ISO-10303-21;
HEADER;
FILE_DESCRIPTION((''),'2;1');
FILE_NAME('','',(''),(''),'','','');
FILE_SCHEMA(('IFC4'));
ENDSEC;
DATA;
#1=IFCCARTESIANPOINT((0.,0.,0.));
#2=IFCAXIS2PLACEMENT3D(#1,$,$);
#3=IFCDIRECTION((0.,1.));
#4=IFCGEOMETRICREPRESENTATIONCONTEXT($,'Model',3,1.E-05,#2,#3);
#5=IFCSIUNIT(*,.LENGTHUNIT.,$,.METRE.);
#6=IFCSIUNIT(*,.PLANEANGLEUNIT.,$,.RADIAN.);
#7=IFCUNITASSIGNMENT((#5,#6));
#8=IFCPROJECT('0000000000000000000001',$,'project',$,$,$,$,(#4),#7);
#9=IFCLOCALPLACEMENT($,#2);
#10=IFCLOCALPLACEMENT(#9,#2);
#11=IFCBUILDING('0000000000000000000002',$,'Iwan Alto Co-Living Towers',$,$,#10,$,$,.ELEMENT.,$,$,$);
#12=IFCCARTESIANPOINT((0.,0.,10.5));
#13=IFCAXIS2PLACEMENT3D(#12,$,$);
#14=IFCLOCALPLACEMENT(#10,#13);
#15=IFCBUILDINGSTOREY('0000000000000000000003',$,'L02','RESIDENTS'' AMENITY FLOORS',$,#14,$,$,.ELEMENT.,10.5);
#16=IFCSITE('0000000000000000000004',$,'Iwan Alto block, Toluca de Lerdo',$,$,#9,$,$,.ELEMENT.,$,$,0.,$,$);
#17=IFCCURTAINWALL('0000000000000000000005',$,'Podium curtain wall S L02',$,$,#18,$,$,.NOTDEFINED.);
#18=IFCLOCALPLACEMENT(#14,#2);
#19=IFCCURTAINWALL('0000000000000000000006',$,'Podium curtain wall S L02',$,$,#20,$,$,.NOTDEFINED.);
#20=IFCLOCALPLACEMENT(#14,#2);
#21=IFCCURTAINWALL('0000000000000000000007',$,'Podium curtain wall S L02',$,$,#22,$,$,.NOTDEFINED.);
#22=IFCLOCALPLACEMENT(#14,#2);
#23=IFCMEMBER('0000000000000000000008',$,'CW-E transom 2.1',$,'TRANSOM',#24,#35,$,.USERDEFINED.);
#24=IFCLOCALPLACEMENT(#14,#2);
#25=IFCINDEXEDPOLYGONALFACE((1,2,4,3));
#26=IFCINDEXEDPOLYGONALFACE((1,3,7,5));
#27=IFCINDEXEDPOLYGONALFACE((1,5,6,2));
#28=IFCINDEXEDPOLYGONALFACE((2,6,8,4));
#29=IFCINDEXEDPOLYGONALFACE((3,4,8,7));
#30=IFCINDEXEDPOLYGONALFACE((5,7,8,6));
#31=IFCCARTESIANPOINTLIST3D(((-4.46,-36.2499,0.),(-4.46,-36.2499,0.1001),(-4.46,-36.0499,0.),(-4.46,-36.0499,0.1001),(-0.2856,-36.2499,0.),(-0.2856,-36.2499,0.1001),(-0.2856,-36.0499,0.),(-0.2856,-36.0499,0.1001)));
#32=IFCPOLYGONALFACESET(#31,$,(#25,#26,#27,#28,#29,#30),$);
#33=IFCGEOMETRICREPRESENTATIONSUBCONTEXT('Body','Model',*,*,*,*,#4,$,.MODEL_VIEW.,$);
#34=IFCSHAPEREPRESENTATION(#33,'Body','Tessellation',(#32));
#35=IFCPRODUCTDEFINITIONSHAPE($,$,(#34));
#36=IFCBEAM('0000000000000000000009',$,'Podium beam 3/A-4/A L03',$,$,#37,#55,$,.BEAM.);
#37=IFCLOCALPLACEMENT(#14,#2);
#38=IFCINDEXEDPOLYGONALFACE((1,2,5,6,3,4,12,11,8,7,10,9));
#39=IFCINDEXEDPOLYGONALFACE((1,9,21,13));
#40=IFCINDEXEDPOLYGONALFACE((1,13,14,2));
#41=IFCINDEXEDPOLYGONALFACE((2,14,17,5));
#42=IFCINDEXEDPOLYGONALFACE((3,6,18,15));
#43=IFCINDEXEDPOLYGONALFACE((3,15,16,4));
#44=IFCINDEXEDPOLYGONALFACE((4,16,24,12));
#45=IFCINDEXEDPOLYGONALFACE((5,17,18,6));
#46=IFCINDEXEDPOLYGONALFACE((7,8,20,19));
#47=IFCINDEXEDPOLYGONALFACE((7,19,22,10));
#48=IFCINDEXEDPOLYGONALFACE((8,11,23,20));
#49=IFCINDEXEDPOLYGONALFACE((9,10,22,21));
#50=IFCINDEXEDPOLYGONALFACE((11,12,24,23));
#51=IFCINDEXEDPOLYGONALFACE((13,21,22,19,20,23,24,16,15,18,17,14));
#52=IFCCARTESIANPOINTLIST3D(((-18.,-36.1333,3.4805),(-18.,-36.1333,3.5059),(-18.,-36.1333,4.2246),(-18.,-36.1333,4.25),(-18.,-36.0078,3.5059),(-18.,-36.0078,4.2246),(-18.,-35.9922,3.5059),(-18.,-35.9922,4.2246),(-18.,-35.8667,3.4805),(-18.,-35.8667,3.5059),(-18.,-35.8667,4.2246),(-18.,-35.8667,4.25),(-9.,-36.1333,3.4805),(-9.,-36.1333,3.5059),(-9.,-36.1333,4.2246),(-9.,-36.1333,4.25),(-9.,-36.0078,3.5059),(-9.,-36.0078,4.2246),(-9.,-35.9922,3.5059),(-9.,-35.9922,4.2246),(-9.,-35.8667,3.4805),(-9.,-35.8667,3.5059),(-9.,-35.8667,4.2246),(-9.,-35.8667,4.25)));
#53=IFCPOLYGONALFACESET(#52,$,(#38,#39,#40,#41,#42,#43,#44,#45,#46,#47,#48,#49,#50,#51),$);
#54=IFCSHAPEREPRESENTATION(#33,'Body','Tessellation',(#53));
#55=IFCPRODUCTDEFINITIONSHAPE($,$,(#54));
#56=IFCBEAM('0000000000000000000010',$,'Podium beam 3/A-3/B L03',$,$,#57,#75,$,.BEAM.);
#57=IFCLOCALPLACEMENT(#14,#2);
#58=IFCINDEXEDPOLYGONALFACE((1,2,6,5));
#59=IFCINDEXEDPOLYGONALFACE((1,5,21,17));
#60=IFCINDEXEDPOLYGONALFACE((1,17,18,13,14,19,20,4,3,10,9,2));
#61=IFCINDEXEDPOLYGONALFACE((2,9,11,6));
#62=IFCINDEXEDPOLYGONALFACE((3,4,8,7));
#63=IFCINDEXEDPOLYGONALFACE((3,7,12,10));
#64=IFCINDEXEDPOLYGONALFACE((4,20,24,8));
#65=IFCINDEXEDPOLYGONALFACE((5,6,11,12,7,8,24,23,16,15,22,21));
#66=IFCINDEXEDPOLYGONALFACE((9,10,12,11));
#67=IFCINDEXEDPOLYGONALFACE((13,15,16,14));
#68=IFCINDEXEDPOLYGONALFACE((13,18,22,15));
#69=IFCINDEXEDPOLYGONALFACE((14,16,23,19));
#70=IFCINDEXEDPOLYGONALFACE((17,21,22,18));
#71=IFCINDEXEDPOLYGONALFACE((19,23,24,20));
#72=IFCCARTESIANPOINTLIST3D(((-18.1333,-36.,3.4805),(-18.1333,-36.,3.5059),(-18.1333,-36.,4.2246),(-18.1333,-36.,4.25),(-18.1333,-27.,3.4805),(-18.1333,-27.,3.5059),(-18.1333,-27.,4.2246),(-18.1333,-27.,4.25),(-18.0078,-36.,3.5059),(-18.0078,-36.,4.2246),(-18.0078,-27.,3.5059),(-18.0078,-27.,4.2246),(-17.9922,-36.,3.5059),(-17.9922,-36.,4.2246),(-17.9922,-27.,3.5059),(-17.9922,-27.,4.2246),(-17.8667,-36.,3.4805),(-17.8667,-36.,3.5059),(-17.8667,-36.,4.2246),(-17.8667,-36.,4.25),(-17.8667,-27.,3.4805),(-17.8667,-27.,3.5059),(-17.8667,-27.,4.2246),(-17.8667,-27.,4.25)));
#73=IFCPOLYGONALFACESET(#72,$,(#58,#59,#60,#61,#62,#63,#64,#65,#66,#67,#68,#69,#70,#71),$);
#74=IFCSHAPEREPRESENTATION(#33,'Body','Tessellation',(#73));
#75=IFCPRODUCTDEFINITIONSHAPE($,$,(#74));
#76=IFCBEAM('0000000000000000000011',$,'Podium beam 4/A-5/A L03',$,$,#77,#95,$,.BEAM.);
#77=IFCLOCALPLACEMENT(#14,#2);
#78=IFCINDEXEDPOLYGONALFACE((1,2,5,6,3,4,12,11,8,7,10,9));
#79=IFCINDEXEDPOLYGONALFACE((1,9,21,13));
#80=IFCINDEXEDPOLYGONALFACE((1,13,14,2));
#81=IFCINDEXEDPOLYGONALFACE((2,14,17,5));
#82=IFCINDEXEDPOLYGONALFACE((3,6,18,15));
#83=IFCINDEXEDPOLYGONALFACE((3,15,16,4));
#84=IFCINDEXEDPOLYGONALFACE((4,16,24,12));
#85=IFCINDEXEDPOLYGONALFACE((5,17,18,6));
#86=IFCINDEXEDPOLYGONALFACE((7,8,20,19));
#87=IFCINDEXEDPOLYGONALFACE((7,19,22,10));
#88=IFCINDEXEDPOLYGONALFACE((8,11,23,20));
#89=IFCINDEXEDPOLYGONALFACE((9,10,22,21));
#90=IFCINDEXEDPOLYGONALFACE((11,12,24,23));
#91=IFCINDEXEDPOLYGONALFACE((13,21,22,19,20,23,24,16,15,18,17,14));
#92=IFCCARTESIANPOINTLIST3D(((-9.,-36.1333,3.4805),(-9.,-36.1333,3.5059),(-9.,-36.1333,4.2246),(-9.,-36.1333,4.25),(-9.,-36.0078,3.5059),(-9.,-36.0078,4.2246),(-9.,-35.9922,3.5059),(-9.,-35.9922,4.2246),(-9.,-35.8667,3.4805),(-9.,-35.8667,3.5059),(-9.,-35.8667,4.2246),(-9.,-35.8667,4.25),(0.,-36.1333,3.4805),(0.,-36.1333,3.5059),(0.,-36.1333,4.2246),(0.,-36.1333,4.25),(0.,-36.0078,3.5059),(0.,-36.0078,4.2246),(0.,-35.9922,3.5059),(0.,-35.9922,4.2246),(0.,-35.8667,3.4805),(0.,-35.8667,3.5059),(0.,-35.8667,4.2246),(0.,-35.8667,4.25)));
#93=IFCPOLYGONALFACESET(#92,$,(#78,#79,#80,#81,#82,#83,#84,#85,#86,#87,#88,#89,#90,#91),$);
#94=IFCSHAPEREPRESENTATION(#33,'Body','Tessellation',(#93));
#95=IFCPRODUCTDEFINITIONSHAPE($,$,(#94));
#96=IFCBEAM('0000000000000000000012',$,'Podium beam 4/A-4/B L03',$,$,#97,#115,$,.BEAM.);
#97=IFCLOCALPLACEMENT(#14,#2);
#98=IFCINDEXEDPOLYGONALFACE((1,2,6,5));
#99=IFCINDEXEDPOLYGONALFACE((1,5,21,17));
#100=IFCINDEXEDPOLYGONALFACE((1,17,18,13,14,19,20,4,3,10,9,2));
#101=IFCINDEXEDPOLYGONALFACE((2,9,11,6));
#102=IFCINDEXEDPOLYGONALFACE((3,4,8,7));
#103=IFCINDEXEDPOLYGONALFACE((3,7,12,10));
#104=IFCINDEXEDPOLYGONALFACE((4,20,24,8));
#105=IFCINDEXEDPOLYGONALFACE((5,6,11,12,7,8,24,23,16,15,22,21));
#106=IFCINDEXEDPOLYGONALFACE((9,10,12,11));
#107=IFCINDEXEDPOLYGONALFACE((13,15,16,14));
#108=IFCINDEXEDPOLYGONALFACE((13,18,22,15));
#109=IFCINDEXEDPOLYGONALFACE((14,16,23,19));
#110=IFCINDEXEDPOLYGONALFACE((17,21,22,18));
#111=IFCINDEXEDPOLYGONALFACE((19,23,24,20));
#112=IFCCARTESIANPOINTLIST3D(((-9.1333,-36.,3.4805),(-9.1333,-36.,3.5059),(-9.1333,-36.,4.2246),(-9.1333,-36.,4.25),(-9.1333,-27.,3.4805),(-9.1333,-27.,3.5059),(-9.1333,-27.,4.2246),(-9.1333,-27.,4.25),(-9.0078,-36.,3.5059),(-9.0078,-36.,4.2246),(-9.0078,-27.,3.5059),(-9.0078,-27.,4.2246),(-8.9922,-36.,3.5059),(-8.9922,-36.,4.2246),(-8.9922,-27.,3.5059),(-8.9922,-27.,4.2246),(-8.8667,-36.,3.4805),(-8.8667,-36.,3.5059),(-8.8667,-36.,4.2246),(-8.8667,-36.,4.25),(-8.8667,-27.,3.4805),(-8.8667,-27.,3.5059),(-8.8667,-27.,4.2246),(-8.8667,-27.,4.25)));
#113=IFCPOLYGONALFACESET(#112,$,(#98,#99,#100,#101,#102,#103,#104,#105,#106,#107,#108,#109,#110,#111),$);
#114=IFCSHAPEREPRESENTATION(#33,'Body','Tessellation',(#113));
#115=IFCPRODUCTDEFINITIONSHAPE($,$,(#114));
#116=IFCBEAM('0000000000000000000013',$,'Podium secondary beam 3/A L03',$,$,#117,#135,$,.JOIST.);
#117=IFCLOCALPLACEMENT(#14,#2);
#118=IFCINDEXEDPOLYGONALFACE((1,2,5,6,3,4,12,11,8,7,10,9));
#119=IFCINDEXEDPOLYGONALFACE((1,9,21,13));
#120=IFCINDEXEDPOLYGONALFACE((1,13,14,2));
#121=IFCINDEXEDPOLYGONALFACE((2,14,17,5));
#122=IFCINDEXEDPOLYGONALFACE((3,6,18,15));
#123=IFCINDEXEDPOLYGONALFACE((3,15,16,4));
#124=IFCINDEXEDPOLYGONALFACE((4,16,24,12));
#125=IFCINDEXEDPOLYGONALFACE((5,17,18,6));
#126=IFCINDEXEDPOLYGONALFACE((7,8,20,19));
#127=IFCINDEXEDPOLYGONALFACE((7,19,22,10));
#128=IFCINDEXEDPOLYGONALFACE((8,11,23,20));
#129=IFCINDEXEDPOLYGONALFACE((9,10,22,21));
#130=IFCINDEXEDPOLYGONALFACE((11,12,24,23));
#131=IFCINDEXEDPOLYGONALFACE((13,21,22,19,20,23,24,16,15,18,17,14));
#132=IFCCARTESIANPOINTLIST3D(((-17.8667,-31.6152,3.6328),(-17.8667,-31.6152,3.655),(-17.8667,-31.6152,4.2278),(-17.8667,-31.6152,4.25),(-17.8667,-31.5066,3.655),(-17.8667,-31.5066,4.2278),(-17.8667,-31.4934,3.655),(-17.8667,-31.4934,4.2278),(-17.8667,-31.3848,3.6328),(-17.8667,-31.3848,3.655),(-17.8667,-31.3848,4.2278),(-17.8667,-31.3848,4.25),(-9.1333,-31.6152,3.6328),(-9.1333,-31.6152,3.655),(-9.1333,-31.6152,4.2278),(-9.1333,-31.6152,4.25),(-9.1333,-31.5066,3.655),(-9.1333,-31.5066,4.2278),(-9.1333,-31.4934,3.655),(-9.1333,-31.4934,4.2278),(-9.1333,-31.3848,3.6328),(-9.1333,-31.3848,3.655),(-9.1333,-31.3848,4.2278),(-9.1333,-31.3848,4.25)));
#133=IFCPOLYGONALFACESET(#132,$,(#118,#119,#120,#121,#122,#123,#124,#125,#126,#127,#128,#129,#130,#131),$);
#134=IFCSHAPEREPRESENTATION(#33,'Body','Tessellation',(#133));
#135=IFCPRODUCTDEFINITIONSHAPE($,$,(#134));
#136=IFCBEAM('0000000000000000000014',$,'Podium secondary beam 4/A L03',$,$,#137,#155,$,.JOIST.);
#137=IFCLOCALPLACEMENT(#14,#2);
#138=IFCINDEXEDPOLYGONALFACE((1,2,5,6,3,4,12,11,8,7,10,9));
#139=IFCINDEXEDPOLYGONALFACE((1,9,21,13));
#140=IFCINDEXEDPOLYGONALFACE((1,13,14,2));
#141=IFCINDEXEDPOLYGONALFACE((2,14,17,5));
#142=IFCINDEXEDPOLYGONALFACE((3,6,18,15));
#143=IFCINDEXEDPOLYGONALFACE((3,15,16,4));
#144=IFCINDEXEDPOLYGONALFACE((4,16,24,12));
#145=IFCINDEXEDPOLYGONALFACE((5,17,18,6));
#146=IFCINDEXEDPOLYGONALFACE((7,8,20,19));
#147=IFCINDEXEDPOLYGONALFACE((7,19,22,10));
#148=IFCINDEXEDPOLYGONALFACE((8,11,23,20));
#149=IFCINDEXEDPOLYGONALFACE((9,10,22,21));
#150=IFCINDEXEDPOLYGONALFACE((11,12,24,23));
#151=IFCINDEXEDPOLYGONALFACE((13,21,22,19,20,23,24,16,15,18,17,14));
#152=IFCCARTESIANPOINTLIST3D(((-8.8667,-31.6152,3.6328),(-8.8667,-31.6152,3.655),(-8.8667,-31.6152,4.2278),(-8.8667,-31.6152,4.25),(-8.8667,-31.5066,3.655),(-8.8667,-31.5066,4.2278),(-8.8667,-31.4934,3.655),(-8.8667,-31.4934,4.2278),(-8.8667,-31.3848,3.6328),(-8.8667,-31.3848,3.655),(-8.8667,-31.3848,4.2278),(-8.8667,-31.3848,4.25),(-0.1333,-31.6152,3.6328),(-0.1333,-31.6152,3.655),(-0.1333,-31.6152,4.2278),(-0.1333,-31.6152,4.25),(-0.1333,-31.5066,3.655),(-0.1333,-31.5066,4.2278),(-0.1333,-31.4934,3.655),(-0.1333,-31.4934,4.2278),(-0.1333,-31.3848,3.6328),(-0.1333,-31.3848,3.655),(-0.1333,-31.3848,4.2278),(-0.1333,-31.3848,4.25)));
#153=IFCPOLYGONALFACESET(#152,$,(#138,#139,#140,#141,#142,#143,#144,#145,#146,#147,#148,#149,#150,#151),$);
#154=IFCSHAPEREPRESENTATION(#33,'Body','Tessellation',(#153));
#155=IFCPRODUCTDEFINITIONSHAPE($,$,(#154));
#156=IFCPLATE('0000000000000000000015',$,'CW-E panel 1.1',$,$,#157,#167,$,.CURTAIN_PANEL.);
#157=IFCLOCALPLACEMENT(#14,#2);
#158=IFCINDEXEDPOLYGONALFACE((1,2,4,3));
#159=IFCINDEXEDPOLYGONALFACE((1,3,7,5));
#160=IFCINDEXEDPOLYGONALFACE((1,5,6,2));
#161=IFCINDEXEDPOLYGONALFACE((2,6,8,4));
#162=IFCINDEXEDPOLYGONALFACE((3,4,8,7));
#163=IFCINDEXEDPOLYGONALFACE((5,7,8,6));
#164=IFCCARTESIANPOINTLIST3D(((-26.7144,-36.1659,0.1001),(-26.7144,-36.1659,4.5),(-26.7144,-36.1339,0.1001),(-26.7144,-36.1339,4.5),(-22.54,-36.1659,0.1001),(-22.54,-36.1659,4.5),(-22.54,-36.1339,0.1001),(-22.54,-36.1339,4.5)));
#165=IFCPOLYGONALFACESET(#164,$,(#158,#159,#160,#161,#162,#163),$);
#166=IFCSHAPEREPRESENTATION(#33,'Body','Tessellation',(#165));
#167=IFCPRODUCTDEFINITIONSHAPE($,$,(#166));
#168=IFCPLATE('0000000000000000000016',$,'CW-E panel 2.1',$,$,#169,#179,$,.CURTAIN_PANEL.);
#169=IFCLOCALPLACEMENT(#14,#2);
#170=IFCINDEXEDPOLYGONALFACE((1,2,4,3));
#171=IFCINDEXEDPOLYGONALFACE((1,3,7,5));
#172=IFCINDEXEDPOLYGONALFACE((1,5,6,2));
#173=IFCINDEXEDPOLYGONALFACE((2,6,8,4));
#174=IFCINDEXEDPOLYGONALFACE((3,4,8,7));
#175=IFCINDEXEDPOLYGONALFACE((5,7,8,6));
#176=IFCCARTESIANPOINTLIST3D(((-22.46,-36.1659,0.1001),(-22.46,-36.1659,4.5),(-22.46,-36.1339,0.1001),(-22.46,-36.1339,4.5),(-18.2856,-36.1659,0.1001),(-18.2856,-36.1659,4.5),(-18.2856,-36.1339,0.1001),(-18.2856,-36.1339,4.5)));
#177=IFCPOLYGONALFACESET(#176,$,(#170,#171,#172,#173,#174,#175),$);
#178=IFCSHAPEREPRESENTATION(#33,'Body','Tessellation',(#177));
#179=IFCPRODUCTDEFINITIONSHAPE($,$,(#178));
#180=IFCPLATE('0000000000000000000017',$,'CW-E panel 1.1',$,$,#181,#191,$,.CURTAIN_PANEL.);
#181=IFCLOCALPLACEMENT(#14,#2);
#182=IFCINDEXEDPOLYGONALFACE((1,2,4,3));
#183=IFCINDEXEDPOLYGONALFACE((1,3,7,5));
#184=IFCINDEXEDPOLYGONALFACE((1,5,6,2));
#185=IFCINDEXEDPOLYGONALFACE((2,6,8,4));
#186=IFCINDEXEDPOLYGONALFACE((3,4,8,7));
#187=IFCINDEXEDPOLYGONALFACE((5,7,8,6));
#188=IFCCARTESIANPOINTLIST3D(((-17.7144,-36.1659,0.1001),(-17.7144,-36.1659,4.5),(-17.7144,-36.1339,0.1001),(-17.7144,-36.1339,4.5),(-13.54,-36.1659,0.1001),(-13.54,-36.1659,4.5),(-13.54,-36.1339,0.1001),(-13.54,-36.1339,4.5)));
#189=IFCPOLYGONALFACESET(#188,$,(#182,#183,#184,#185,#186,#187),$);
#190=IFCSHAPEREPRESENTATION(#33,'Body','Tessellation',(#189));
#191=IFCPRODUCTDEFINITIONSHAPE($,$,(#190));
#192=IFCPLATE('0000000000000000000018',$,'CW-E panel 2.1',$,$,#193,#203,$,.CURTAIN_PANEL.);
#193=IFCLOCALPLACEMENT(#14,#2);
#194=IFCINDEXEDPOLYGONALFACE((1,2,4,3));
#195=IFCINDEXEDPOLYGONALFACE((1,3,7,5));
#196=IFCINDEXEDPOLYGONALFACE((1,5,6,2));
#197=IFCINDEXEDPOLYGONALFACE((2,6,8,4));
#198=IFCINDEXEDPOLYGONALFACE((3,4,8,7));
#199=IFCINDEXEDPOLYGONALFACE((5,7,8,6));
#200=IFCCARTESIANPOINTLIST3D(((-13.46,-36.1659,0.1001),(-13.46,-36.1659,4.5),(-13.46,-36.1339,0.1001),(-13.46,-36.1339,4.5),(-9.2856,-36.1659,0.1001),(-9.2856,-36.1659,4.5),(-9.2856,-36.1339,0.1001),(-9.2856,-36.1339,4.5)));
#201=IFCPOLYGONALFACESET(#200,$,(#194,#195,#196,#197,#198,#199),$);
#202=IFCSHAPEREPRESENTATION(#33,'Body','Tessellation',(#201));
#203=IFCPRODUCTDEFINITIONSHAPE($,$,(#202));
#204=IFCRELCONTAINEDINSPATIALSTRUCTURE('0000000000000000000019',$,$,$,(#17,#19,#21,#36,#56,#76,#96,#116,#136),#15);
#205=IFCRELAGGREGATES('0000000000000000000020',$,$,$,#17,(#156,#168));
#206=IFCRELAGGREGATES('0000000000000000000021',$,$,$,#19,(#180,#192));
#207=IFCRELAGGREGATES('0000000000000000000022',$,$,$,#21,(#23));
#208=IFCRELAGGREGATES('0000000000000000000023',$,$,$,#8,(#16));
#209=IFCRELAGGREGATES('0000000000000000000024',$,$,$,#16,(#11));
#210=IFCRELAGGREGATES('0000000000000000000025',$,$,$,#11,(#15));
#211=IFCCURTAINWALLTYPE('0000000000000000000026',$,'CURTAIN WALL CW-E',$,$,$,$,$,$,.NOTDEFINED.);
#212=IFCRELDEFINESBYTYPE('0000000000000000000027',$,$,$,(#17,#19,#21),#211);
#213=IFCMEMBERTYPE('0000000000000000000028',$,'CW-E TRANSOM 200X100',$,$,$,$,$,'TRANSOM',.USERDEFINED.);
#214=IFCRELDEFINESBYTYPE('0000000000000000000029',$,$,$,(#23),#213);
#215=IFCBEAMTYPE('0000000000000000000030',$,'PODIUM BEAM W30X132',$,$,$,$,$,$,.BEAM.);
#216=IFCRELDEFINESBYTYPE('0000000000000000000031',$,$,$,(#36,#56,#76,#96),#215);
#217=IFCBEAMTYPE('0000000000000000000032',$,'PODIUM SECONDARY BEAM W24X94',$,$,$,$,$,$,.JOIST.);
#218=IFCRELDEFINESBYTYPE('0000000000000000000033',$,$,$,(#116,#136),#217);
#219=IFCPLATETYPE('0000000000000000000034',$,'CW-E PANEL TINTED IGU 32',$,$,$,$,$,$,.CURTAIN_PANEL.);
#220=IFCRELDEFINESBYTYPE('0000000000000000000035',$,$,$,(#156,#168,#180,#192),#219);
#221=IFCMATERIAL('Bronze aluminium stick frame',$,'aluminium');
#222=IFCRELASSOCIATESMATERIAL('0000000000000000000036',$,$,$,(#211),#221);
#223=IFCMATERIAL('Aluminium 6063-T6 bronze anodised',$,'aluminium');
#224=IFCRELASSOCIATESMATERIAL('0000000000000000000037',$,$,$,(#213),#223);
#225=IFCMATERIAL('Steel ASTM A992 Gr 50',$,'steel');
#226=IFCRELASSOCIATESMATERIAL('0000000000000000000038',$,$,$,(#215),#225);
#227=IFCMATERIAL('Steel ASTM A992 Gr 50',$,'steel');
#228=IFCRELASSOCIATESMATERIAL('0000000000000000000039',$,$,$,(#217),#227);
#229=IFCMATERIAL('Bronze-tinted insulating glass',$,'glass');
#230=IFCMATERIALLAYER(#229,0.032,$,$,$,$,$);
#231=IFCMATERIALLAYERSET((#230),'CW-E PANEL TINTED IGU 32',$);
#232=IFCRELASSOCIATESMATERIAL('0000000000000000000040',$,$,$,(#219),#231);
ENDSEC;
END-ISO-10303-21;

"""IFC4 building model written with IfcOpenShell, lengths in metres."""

from ifc_helpers import new_model, si_unit, direction, frame, origin, origin_2d, place, context, subcontext, project, spatial, rectangle, i_section, extrude, material, layer, layer_set, material_profile, profile_set, type_object, element, aggregate, save


model = new_model("IFC4")

# Units and contexts
model_context = context("Model", 3, precision=1e-05, world=origin(), true_north=direction((0.0, 1.0)))
body_context = subcontext(model_context, "Body", "Model", "MODEL_VIEW")
ifc_project = project(units=[si_unit("LENGTHUNIT", "METRE"), si_unit("PLANEANGLEUNIT", "RADIAN")], contexts=[model_context])

# Site, building, storey
site_placement = place(None, origin())
site = spatial("IfcSite", under=ifc_project, at=site_placement, Name="Iwan Alto block, Toluca de Lerdo", CompositionType="ELEMENT", RefElevation=0.0)
building_placement = place(site_placement, origin())
building = spatial("IfcBuilding", under=site, at=building_placement, Name="Iwan Alto Co-Living Towers", CompositionType="ELEMENT")
storey_placement = place(building_placement, frame((0.0, 0.0, 10.5)))
storey = spatial("IfcBuildingStorey", under=building, at=storey_placement, Name="L02", Description="RESIDENTS' AMENITY FLOORS", CompositionType="ELEMENT", Elevation=10.5)

# Curtain walls
ifc_material_1 = material(Name="Bronze aluminium stick frame", Category="aluminium")
curtain_wall_type = type_object("IfcCurtainWallType", Name="CURTAIN WALL CW-E", PredefinedType="NOTDEFINED", material=ifc_material_1)
curtain_wall_1_placement = place(storey_placement, origin())
curtain_wall_1 = element("IfcCurtainWall", 1, at=curtain_wall_1_placement, inside=storey, type_object=curtain_wall_type, Name="Podium curtain wall S L02", PredefinedType="NOTDEFINED")
curtain_wall_2_placement = place(storey_placement, origin())
curtain_wall_2 = element("IfcCurtainWall", 2, at=curtain_wall_2_placement, inside=storey, type_object=curtain_wall_type, Name="Podium curtain wall S L02", PredefinedType="NOTDEFINED")
curtain_wall_3_placement = place(storey_placement, origin())
curtain_wall_3 = element("IfcCurtainWall", 3, at=curtain_wall_3_placement, inside=storey, type_object=curtain_wall_type, Name="Podium curtain wall S L02", PredefinedType="NOTDEFINED")

# Member
ifc_material_2 = material(Name="Aluminium 6063-T6 bronze anodised", Category="aluminium")
ifc_material_profile_1 = material_profile(ifc_material_2, rectangle(XDim=0.2, YDim=0.1001, at=origin_2d()), Name="AL 200X100")
ifc_profile_set_1 = profile_set([ifc_material_profile_1], Name="Aluminium 6063-T6 bronze anodised")
member_type_1 = type_object("IfcMemberType", Name="CW-E TRANSOM 200X100", ElementType="TRANSOM", PredefinedType="USERDEFINED", material=ifc_profile_set_1)
member_1_placement = place(storey_placement, frame((-4.46, -36.1499, 0.05), z_axis=(1.0, 0.0, 0.0), x_axis=(0.0, 1.0, 0.0)))
member_1 = element("IfcMember", 4, at=member_1_placement, type_object=member_type_1, Name="CW-E transom 2.1", ObjectType="TRANSOM", PredefinedType="USERDEFINED", context=body_context, shape_type="SweptSolid", body=[
    extrude(rectangle(XDim=0.2, YDim=0.1001, at=origin_2d()), origin(), (0.0, 0.0, 1.0), 4.1743),
])

# Beams
ifc_material_3 = material(Name="Steel ASTM A992 Gr 50", Category="steel")
ifc_material_profile_2 = material_profile(ifc_material_3, i_section(OverallWidth=0.2666, OverallDepth=0.7695, WebThickness=0.0156, FlangeThickness=0.0254, at=origin_2d()), Name="W30X132")
ifc_profile_set_2 = profile_set([ifc_material_profile_2], Name="Steel ASTM A992 Gr 50")
beam_type_1 = type_object("IfcBeamType", Name="PODIUM BEAM W30X132", PredefinedType="BEAM", material=ifc_profile_set_2)
for number, where, z_axis, x_axis, name in (
    (5, (-18.0, -36.0, 3.8652), (1.0, 0.0, 0.0), (0.0, 1.0, 0.0), "Podium beam 3/A-4/A L03"),
    (6, (-18.0, -36.0, 3.8652), (0.0, 1.0, 0.0), (-1.0, 0.0, 0.0), "Podium beam 3/A-3/B L03"),
    (7, (-9.0, -36.0, 3.8652), (1.0, 0.0, 0.0), (0.0, 1.0, 0.0), "Podium beam 4/A-5/A L03"),
    (8, (-9.0, -36.0, 3.8652), (0.0, 1.0, 0.0), (-1.0, 0.0, 0.0), "Podium beam 4/A-4/B L03"),
):
    element("IfcBeam", number, at=place(storey_placement, frame(where, z_axis=z_axis, x_axis=x_axis)), inside=storey, type_object=beam_type_1, Name=name, PredefinedType="BEAM", context=body_context, shape_type="SweptSolid", body=[
        extrude(i_section(OverallWidth=0.2666, OverallDepth=0.7695, WebThickness=0.0156, FlangeThickness=0.0254, at=origin_2d()), origin(), (0.0, 0.0, 1.0), 9.0),
    ])
ifc_material_4 = material(Name="Steel ASTM A992 Gr 50", Category="steel")
ifc_material_profile_3 = material_profile(ifc_material_4, i_section(OverallWidth=0.2305, OverallDepth=0.6172, WebThickness=0.0132, FlangeThickness=0.0222, at=origin_2d()), Name="W24X94")
ifc_profile_set_3 = profile_set([ifc_material_profile_3], Name="Steel ASTM A992 Gr 50")
beam_type_2 = type_object("IfcBeamType", Name="PODIUM SECONDARY BEAM W24X94", PredefinedType="JOIST", material=ifc_profile_set_3)
for number, where, z_axis, x_axis, name in (
    (9, (-17.8667, -31.5, 3.9414), (1.0, 0.0, 0.0), (0.0, 1.0, 0.0), "Podium secondary beam 3/A L03"),
    (10, (-8.8667, -31.5, 3.9414), (1.0, 0.0, 0.0), (0.0, 1.0, 0.0), "Podium secondary beam 4/A L03"),
):
    element("IfcBeam", number, at=place(storey_placement, frame(where, z_axis=z_axis, x_axis=x_axis)), inside=storey, type_object=beam_type_2, Name=name, PredefinedType="JOIST", context=body_context, shape_type="SweptSolid", body=[
        extrude(i_section(OverallWidth=0.2305, OverallDepth=0.6172, WebThickness=0.0132, FlangeThickness=0.0222, at=origin_2d()), origin(), (0.0, 0.0, 1.0), 8.7334),
    ])

# Plates
ifc_material_5 = material(Name="Bronze-tinted insulating glass", Category="glass")
ifc_layer_1 = layer(ifc_material_5, 0.032)
ifc_layer_set_1 = layer_set([ifc_layer_1], Name="CW-E PANEL TINTED IGU 32")
plate_type = type_object("IfcPlateType", Name="CW-E PANEL TINTED IGU 32", PredefinedType="CURTAIN_PANEL", material=ifc_layer_set_1)
plate_1_placement = place(storey_placement, frame((-24.6272, -36.1499, 0.1001), z_axis=(0.0, 0.0, 1.0), x_axis=(1.0, 0.0, 0.0)))
plate_1 = element("IfcPlate", 11, at=plate_1_placement, type_object=plate_type, Name="CW-E panel 1.1", PredefinedType="CURTAIN_PANEL", context=body_context, shape_type="SweptSolid", body=[
    extrude(rectangle(XDim=4.1743, YDim=0.032, at=origin_2d()), origin(), (0.0, 0.0, 1.0), 4.3999),
])
plate_2_placement = place(storey_placement, frame((-20.3728, -36.1499, 0.1001), z_axis=(0.0, 0.0, 1.0), x_axis=(1.0, 0.0, 0.0)))
plate_2 = element("IfcPlate", 12, at=plate_2_placement, type_object=plate_type, Name="CW-E panel 2.1", PredefinedType="CURTAIN_PANEL", context=body_context, shape_type="SweptSolid", body=[
    extrude(rectangle(XDim=4.1743, YDim=0.032, at=origin_2d()), origin(), (0.0, 0.0, 1.0), 4.3999),
])
aggregate(curtain_wall_1, [plate_1, plate_2])
plate_3_placement = place(storey_placement, frame((-15.6272, -36.1499, 0.1001), z_axis=(0.0, 0.0, 1.0), x_axis=(1.0, 0.0, 0.0)))
plate_3 = element("IfcPlate", 13, at=plate_3_placement, type_object=plate_type, Name="CW-E panel 1.1", PredefinedType="CURTAIN_PANEL", context=body_context, shape_type="SweptSolid", body=[
    extrude(rectangle(XDim=4.1743, YDim=0.032, at=origin_2d()), origin(), (0.0, 0.0, 1.0), 4.3999),
])
plate_4_placement = place(storey_placement, frame((-11.3728, -36.1499, 0.1001), z_axis=(0.0, 0.0, 1.0), x_axis=(1.0, 0.0, 0.0)))
plate_4 = element("IfcPlate", 14, at=plate_4_placement, type_object=plate_type, Name="CW-E panel 2.1", PredefinedType="CURTAIN_PANEL", context=body_context, shape_type="SweptSolid", body=[
    extrude(rectangle(XDim=4.1743, YDim=0.032, at=origin_2d()), origin(), (0.0, 0.0, 1.0), 4.3999),
])
aggregate(curtain_wall_2, [plate_3, plate_4])
aggregate(curtain_wall_3, [member_1])

save(model, "model.ifc")
